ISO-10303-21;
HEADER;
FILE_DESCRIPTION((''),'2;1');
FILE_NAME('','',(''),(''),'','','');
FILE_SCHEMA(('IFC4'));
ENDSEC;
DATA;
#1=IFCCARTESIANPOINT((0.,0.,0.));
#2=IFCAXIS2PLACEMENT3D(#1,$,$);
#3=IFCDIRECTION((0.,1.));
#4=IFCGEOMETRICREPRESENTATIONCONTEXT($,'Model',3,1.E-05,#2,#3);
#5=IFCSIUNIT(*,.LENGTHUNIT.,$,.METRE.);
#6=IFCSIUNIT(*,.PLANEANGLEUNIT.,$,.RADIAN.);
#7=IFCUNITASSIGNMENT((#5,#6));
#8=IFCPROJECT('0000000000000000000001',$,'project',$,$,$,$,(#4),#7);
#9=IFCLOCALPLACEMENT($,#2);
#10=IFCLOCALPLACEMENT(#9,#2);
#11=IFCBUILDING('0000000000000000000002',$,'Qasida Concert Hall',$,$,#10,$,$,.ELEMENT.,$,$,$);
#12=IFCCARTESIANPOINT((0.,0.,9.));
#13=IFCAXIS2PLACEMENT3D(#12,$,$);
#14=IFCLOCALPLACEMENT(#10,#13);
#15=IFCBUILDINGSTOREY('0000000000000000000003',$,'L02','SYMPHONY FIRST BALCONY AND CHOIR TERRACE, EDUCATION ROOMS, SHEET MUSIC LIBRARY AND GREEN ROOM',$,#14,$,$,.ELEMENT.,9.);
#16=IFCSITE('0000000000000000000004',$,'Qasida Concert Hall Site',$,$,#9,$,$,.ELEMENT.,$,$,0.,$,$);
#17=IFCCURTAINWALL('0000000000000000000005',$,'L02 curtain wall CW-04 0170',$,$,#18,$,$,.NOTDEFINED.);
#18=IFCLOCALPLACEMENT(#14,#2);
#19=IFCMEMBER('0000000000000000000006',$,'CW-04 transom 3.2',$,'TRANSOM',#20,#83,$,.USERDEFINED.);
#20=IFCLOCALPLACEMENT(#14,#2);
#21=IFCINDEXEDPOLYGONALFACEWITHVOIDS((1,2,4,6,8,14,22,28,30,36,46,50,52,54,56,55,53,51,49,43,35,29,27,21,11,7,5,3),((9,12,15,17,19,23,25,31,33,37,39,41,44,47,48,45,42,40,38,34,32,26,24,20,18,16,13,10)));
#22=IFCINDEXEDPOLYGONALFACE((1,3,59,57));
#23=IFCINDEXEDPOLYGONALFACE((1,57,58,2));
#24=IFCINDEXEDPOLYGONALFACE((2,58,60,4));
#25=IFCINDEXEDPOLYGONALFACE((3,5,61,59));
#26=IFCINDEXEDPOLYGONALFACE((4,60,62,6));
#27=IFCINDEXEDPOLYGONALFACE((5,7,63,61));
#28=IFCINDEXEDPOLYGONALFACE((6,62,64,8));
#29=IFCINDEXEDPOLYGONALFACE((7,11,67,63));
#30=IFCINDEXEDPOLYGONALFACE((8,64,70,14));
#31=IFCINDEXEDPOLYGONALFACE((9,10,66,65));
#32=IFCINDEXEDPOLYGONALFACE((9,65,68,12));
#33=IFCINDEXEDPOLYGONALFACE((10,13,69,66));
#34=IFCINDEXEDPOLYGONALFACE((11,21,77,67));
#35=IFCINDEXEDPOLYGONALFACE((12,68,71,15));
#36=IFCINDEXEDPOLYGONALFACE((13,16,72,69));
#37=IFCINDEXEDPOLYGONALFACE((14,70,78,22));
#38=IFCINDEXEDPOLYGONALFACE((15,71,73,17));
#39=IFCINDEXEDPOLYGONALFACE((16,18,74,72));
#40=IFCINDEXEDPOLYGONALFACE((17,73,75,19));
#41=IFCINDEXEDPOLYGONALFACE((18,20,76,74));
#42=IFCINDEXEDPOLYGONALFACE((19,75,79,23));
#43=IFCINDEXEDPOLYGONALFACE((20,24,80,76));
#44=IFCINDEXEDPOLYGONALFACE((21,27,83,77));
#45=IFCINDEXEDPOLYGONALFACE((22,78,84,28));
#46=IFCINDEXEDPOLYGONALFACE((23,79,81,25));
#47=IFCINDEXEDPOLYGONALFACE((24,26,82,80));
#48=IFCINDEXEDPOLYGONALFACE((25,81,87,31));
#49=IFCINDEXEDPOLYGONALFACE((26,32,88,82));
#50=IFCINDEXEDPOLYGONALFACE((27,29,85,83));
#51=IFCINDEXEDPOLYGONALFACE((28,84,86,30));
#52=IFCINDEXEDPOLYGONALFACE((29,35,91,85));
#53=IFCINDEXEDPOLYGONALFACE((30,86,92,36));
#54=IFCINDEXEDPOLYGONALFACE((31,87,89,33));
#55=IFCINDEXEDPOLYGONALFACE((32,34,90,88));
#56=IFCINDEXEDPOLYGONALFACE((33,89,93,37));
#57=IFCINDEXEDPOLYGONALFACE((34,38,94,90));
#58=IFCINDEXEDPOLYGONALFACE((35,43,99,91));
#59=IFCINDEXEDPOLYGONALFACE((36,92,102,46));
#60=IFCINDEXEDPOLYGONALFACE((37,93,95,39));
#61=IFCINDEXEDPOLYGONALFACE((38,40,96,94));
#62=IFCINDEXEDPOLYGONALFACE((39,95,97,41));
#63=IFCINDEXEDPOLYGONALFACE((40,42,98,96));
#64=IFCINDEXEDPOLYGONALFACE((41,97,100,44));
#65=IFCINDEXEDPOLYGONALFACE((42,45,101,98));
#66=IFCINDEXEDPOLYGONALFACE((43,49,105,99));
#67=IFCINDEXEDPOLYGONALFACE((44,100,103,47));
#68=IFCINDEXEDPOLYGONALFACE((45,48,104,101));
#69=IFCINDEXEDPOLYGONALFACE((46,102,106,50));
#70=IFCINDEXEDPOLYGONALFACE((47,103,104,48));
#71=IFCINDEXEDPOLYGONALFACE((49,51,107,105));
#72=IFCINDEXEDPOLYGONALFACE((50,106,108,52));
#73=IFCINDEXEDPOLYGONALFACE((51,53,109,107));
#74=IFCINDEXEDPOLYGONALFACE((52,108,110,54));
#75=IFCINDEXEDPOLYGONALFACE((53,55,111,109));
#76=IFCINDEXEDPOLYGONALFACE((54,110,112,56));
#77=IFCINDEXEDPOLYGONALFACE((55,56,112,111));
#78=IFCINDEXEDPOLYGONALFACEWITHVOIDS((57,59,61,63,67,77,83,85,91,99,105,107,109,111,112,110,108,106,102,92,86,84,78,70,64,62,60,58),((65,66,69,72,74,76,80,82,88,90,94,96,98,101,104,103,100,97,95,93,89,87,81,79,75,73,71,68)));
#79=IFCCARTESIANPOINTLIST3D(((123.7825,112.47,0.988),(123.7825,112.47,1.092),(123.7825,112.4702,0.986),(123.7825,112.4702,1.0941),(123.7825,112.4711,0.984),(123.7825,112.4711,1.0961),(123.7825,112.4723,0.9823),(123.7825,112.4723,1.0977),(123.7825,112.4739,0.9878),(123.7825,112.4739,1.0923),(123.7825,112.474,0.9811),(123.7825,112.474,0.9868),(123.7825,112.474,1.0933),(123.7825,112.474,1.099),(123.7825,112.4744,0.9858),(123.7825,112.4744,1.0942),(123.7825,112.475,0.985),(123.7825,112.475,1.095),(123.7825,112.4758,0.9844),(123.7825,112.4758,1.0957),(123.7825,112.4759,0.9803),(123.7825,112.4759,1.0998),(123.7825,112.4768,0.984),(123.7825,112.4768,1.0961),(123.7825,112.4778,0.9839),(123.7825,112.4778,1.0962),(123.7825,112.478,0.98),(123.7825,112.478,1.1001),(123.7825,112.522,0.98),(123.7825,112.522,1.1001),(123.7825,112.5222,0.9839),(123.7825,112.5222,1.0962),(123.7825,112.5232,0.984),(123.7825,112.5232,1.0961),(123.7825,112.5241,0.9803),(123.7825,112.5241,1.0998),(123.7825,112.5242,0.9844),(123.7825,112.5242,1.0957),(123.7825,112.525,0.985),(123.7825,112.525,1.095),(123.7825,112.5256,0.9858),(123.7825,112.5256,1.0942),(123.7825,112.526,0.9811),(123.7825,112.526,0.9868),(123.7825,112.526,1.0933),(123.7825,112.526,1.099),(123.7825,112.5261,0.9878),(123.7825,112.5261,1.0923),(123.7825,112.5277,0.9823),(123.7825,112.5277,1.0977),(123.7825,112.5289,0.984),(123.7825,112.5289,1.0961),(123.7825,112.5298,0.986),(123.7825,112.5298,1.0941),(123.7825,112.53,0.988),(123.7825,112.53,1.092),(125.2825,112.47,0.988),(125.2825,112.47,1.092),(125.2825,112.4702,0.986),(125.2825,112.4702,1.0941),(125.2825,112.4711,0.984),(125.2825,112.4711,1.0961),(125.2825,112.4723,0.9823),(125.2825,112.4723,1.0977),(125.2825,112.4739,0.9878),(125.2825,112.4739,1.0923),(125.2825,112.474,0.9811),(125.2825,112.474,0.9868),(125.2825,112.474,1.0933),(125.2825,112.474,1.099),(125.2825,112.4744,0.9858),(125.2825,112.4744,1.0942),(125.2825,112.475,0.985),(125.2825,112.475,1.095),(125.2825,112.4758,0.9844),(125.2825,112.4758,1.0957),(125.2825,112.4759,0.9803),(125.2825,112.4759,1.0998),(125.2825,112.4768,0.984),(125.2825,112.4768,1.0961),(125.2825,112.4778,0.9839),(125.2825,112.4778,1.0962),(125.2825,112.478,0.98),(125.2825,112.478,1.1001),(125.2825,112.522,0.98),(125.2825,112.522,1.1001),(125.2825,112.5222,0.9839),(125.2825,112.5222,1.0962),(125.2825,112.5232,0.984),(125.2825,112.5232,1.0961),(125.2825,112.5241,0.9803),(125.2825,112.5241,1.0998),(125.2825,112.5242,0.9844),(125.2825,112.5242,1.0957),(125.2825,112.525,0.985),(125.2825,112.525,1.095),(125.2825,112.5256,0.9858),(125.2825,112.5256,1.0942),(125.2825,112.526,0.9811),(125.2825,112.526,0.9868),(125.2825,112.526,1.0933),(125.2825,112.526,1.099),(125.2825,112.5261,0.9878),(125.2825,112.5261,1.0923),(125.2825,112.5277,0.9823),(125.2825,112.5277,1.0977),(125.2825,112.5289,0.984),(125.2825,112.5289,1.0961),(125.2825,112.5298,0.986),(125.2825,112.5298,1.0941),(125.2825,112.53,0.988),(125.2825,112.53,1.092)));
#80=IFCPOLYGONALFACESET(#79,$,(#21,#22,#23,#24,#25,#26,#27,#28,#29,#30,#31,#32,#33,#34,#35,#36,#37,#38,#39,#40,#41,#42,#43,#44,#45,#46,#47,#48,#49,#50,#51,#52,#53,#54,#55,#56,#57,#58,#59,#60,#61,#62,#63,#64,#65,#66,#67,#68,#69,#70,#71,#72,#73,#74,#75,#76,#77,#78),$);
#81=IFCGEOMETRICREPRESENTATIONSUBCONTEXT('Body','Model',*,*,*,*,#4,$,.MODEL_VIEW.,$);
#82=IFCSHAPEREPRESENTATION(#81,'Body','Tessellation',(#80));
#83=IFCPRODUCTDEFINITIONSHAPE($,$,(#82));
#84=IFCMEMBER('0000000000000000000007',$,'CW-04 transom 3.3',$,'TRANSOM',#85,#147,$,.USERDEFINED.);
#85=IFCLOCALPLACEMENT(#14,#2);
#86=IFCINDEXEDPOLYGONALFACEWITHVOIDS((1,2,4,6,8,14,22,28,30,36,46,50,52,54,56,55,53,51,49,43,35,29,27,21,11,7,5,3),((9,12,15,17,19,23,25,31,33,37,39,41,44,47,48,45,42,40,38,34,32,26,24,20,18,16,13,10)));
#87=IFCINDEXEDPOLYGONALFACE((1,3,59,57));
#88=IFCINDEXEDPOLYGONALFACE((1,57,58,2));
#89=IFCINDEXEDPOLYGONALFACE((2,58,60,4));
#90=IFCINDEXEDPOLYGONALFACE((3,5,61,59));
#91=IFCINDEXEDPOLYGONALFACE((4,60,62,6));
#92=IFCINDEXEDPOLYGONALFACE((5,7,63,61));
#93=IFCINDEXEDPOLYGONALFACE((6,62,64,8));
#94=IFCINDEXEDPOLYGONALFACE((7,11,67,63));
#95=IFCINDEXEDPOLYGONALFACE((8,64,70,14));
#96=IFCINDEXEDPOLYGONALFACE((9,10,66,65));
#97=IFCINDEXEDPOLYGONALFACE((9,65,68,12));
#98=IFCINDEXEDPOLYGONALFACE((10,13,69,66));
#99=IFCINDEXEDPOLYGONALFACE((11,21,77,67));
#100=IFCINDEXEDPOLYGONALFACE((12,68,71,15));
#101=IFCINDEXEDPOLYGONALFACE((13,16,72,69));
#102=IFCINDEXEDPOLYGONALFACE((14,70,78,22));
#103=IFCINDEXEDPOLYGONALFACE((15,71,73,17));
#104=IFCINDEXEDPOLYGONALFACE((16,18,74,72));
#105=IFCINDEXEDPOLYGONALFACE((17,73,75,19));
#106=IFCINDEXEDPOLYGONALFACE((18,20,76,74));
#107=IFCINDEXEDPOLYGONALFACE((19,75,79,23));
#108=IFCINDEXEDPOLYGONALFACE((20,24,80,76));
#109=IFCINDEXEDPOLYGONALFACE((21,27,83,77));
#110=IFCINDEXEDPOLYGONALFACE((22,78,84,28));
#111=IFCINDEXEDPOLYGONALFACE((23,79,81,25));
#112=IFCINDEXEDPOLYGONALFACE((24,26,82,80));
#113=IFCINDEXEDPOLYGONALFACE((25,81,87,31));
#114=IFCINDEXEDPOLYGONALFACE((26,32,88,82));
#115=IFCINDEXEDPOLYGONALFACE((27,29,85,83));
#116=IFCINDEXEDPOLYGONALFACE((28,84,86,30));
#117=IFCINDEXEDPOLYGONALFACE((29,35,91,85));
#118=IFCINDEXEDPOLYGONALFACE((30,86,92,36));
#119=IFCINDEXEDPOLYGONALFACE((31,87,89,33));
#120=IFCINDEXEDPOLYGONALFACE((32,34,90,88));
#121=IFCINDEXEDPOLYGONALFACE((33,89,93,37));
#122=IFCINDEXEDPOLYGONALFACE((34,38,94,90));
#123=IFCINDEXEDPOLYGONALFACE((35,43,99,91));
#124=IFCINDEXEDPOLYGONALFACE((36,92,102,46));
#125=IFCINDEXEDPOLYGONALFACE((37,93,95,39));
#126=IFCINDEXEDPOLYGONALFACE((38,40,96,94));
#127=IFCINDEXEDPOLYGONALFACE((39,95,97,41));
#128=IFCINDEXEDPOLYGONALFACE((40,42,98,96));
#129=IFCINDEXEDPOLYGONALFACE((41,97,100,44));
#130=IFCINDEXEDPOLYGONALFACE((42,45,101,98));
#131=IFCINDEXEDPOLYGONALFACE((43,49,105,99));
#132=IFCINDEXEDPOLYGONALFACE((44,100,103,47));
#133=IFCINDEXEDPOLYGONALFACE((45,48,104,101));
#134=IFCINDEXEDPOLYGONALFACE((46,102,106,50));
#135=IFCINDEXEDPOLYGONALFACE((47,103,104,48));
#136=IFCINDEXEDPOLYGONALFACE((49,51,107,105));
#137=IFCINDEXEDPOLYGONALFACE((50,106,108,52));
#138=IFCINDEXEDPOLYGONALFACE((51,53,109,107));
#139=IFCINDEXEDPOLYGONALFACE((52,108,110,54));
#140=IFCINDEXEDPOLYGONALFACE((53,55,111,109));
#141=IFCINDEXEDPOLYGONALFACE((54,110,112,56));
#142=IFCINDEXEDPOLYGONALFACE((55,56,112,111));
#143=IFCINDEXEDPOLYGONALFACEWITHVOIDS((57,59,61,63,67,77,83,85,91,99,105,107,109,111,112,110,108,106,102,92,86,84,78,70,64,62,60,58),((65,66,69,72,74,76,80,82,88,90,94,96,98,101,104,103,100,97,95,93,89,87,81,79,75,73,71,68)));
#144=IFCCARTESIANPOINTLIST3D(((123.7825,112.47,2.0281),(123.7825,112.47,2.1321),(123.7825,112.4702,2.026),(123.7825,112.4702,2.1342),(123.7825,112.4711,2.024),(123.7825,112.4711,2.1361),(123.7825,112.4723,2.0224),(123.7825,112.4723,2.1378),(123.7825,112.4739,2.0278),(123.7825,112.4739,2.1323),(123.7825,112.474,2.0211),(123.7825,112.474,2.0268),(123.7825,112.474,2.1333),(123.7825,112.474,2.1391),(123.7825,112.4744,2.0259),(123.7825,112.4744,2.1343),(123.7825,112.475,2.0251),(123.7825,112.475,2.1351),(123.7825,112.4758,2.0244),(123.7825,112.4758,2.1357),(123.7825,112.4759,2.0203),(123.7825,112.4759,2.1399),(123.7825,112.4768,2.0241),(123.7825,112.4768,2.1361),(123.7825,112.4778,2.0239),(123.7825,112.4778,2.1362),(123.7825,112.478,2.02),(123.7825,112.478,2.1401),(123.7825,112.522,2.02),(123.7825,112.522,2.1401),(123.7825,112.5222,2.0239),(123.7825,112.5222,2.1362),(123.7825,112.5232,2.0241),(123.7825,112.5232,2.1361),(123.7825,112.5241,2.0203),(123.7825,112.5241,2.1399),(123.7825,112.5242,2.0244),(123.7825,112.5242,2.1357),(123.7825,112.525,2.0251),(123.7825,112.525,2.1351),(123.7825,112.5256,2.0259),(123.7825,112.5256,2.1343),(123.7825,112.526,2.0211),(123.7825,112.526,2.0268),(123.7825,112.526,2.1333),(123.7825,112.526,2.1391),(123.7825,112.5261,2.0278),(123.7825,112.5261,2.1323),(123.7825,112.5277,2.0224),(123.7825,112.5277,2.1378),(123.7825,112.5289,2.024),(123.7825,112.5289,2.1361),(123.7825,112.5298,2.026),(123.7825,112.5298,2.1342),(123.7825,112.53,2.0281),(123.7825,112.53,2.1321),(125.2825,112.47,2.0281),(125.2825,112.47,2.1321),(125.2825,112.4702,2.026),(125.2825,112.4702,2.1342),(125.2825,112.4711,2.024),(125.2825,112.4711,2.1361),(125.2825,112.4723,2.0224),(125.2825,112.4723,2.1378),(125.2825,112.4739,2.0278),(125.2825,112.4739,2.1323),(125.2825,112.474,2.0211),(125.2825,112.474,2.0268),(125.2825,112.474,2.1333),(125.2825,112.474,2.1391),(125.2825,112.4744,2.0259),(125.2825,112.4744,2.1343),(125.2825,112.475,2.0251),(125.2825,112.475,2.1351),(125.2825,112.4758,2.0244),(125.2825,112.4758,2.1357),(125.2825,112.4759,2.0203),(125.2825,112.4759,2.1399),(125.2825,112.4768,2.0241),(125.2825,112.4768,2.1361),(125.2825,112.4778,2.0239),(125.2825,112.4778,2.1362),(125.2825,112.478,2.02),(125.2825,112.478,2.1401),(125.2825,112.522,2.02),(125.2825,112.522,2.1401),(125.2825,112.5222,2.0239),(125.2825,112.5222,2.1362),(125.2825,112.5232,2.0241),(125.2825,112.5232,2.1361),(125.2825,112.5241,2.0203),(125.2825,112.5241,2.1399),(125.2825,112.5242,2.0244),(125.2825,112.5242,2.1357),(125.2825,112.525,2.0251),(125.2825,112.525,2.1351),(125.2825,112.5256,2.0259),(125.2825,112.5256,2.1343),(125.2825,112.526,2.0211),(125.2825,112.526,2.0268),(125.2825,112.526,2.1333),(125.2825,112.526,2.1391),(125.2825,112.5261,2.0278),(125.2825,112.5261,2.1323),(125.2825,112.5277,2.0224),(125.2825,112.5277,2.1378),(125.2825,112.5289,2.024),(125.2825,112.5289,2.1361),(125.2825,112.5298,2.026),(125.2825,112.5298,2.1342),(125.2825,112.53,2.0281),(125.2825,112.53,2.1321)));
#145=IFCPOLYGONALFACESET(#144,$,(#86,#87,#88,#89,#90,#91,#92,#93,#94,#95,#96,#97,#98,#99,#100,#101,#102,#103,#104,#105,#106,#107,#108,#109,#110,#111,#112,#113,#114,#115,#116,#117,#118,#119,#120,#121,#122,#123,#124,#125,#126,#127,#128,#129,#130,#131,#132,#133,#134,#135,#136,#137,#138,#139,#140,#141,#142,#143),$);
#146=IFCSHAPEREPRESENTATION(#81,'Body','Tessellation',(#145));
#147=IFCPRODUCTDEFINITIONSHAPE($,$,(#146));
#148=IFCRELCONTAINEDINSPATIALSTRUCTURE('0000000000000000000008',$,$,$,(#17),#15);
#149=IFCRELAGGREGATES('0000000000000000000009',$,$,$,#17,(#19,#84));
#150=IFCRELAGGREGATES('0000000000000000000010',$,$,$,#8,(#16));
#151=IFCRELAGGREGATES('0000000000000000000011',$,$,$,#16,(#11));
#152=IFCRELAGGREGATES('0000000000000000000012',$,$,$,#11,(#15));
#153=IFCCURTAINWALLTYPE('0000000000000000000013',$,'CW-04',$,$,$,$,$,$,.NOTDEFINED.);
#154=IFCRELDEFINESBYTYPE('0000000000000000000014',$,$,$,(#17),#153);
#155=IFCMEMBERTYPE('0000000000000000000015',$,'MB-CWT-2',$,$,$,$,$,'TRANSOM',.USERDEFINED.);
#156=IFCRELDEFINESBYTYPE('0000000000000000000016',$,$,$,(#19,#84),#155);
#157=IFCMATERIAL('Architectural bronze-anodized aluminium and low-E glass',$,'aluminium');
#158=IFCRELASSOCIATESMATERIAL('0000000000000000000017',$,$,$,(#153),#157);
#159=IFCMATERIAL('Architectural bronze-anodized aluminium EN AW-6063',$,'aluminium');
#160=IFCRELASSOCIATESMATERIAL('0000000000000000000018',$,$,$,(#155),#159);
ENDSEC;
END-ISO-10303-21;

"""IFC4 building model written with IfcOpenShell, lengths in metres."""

from ifc_helpers import new_model, si_unit, direction, frame, origin, origin_2d, place, context, subcontext, project, spatial, hollow_rectangle, extrude, material, material_profile, profile_set, type_object, element, aggregate, save


model = new_model("IFC4")

# Units and contexts
model_context = context("Model", 3, precision=1e-05, world=origin(), true_north=direction((0.0, 1.0)))
body_context = subcontext(model_context, "Body", "Model", "MODEL_VIEW")
ifc_project = project(units=[si_unit("LENGTHUNIT", "METRE"), si_unit("PLANEANGLEUNIT", "RADIAN")], contexts=[model_context])

# Site, building, storey
site_placement = place(None, origin())
site = spatial("IfcSite", under=ifc_project, at=site_placement, Name="Qasida Concert Hall Site", CompositionType="ELEMENT", RefElevation=0.0)
building_placement = place(site_placement, origin())
building = spatial("IfcBuilding", under=site, at=building_placement, Name="Qasida Concert Hall", CompositionType="ELEMENT")
storey_placement = place(building_placement, frame((0.0, 0.0, 9.0)))
storey = spatial("IfcBuildingStorey", under=building, at=storey_placement, Name="L02", Description="SYMPHONY FIRST BALCONY AND CHOIR TERRACE, EDUCATION ROOMS, SHEET MUSIC LIBRARY AND GREEN ROOM", CompositionType="ELEMENT", Elevation=9.0)

# Curtain wall, members
ifc_material_1 = material(Name="Architectural bronze-anodized aluminium and low-E glass", Category="aluminium")
curtain_wall_type = type_object("IfcCurtainWallType", Name="CW-04", PredefinedType="NOTDEFINED", material=ifc_material_1)
curtain_wall_placement = place(storey_placement, origin())
curtain_wall = element("IfcCurtainWall", 1, at=curtain_wall_placement, inside=storey, type_object=curtain_wall_type, Name="L02 curtain wall CW-04 0170", PredefinedType="NOTDEFINED")
ifc_material_2 = material(Name="Architectural bronze-anodized aluminium EN AW-6063", Category="aluminium")
ifc_material_profile_1 = material_profile(ifc_material_2, hollow_rectangle(XDim=0.0601, YDim=0.1201, WallThickness=0.0039, InnerFilletRadius=0.0039, OuterFilletRadius=0.0081, at=origin_2d()), Name="CWT 120x60x4")
ifc_profile_set_1 = profile_set([ifc_material_profile_1], Name="Architectural bronze-anodized aluminium EN AW-6063")
member_type_1 = type_object("IfcMemberType", Name="MB-CWT-2", ElementType="TRANSOM", PredefinedType="USERDEFINED", material=ifc_profile_set_1)
member_1_placement = place(storey_placement, frame((123.7825, 112.5, 1.04), z_axis=(1.0, 0.0, 0.0), x_axis=(0.0, 1.0, 0.0)))
member_1 = element("IfcMember", 2, at=member_1_placement, type_object=member_type_1, Name="CW-04 transom 3.2", ObjectType="TRANSOM", PredefinedType="USERDEFINED", context=body_context, shape_type="SweptSolid", body=[
    extrude(hollow_rectangle(XDim=0.0601, YDim=0.1201, WallThickness=0.0039, InnerFilletRadius=0.0039, OuterFilletRadius=0.0081, at=origin_2d()), origin(), (0.0, 0.0, 1.0), 1.5),
])
member_2_placement = place(storey_placement, frame((123.7825, 112.5, 2.0801), z_axis=(1.0, 0.0, 0.0), x_axis=(0.0, 1.0, 0.0)))
member_2 = element("IfcMember", 3, at=member_2_placement, type_object=member_type_1, Name="CW-04 transom 3.3", ObjectType="TRANSOM", PredefinedType="USERDEFINED", context=body_context, shape_type="SweptSolid", body=[
    extrude(hollow_rectangle(XDim=0.0601, YDim=0.1201, WallThickness=0.0039, InnerFilletRadius=0.0039, OuterFilletRadius=0.0081, at=origin_2d()), origin(), (0.0, 0.0, 1.0), 1.5),
])
aggregate(curtain_wall, [member_1, member_2])

save(model, "model.ifc")
